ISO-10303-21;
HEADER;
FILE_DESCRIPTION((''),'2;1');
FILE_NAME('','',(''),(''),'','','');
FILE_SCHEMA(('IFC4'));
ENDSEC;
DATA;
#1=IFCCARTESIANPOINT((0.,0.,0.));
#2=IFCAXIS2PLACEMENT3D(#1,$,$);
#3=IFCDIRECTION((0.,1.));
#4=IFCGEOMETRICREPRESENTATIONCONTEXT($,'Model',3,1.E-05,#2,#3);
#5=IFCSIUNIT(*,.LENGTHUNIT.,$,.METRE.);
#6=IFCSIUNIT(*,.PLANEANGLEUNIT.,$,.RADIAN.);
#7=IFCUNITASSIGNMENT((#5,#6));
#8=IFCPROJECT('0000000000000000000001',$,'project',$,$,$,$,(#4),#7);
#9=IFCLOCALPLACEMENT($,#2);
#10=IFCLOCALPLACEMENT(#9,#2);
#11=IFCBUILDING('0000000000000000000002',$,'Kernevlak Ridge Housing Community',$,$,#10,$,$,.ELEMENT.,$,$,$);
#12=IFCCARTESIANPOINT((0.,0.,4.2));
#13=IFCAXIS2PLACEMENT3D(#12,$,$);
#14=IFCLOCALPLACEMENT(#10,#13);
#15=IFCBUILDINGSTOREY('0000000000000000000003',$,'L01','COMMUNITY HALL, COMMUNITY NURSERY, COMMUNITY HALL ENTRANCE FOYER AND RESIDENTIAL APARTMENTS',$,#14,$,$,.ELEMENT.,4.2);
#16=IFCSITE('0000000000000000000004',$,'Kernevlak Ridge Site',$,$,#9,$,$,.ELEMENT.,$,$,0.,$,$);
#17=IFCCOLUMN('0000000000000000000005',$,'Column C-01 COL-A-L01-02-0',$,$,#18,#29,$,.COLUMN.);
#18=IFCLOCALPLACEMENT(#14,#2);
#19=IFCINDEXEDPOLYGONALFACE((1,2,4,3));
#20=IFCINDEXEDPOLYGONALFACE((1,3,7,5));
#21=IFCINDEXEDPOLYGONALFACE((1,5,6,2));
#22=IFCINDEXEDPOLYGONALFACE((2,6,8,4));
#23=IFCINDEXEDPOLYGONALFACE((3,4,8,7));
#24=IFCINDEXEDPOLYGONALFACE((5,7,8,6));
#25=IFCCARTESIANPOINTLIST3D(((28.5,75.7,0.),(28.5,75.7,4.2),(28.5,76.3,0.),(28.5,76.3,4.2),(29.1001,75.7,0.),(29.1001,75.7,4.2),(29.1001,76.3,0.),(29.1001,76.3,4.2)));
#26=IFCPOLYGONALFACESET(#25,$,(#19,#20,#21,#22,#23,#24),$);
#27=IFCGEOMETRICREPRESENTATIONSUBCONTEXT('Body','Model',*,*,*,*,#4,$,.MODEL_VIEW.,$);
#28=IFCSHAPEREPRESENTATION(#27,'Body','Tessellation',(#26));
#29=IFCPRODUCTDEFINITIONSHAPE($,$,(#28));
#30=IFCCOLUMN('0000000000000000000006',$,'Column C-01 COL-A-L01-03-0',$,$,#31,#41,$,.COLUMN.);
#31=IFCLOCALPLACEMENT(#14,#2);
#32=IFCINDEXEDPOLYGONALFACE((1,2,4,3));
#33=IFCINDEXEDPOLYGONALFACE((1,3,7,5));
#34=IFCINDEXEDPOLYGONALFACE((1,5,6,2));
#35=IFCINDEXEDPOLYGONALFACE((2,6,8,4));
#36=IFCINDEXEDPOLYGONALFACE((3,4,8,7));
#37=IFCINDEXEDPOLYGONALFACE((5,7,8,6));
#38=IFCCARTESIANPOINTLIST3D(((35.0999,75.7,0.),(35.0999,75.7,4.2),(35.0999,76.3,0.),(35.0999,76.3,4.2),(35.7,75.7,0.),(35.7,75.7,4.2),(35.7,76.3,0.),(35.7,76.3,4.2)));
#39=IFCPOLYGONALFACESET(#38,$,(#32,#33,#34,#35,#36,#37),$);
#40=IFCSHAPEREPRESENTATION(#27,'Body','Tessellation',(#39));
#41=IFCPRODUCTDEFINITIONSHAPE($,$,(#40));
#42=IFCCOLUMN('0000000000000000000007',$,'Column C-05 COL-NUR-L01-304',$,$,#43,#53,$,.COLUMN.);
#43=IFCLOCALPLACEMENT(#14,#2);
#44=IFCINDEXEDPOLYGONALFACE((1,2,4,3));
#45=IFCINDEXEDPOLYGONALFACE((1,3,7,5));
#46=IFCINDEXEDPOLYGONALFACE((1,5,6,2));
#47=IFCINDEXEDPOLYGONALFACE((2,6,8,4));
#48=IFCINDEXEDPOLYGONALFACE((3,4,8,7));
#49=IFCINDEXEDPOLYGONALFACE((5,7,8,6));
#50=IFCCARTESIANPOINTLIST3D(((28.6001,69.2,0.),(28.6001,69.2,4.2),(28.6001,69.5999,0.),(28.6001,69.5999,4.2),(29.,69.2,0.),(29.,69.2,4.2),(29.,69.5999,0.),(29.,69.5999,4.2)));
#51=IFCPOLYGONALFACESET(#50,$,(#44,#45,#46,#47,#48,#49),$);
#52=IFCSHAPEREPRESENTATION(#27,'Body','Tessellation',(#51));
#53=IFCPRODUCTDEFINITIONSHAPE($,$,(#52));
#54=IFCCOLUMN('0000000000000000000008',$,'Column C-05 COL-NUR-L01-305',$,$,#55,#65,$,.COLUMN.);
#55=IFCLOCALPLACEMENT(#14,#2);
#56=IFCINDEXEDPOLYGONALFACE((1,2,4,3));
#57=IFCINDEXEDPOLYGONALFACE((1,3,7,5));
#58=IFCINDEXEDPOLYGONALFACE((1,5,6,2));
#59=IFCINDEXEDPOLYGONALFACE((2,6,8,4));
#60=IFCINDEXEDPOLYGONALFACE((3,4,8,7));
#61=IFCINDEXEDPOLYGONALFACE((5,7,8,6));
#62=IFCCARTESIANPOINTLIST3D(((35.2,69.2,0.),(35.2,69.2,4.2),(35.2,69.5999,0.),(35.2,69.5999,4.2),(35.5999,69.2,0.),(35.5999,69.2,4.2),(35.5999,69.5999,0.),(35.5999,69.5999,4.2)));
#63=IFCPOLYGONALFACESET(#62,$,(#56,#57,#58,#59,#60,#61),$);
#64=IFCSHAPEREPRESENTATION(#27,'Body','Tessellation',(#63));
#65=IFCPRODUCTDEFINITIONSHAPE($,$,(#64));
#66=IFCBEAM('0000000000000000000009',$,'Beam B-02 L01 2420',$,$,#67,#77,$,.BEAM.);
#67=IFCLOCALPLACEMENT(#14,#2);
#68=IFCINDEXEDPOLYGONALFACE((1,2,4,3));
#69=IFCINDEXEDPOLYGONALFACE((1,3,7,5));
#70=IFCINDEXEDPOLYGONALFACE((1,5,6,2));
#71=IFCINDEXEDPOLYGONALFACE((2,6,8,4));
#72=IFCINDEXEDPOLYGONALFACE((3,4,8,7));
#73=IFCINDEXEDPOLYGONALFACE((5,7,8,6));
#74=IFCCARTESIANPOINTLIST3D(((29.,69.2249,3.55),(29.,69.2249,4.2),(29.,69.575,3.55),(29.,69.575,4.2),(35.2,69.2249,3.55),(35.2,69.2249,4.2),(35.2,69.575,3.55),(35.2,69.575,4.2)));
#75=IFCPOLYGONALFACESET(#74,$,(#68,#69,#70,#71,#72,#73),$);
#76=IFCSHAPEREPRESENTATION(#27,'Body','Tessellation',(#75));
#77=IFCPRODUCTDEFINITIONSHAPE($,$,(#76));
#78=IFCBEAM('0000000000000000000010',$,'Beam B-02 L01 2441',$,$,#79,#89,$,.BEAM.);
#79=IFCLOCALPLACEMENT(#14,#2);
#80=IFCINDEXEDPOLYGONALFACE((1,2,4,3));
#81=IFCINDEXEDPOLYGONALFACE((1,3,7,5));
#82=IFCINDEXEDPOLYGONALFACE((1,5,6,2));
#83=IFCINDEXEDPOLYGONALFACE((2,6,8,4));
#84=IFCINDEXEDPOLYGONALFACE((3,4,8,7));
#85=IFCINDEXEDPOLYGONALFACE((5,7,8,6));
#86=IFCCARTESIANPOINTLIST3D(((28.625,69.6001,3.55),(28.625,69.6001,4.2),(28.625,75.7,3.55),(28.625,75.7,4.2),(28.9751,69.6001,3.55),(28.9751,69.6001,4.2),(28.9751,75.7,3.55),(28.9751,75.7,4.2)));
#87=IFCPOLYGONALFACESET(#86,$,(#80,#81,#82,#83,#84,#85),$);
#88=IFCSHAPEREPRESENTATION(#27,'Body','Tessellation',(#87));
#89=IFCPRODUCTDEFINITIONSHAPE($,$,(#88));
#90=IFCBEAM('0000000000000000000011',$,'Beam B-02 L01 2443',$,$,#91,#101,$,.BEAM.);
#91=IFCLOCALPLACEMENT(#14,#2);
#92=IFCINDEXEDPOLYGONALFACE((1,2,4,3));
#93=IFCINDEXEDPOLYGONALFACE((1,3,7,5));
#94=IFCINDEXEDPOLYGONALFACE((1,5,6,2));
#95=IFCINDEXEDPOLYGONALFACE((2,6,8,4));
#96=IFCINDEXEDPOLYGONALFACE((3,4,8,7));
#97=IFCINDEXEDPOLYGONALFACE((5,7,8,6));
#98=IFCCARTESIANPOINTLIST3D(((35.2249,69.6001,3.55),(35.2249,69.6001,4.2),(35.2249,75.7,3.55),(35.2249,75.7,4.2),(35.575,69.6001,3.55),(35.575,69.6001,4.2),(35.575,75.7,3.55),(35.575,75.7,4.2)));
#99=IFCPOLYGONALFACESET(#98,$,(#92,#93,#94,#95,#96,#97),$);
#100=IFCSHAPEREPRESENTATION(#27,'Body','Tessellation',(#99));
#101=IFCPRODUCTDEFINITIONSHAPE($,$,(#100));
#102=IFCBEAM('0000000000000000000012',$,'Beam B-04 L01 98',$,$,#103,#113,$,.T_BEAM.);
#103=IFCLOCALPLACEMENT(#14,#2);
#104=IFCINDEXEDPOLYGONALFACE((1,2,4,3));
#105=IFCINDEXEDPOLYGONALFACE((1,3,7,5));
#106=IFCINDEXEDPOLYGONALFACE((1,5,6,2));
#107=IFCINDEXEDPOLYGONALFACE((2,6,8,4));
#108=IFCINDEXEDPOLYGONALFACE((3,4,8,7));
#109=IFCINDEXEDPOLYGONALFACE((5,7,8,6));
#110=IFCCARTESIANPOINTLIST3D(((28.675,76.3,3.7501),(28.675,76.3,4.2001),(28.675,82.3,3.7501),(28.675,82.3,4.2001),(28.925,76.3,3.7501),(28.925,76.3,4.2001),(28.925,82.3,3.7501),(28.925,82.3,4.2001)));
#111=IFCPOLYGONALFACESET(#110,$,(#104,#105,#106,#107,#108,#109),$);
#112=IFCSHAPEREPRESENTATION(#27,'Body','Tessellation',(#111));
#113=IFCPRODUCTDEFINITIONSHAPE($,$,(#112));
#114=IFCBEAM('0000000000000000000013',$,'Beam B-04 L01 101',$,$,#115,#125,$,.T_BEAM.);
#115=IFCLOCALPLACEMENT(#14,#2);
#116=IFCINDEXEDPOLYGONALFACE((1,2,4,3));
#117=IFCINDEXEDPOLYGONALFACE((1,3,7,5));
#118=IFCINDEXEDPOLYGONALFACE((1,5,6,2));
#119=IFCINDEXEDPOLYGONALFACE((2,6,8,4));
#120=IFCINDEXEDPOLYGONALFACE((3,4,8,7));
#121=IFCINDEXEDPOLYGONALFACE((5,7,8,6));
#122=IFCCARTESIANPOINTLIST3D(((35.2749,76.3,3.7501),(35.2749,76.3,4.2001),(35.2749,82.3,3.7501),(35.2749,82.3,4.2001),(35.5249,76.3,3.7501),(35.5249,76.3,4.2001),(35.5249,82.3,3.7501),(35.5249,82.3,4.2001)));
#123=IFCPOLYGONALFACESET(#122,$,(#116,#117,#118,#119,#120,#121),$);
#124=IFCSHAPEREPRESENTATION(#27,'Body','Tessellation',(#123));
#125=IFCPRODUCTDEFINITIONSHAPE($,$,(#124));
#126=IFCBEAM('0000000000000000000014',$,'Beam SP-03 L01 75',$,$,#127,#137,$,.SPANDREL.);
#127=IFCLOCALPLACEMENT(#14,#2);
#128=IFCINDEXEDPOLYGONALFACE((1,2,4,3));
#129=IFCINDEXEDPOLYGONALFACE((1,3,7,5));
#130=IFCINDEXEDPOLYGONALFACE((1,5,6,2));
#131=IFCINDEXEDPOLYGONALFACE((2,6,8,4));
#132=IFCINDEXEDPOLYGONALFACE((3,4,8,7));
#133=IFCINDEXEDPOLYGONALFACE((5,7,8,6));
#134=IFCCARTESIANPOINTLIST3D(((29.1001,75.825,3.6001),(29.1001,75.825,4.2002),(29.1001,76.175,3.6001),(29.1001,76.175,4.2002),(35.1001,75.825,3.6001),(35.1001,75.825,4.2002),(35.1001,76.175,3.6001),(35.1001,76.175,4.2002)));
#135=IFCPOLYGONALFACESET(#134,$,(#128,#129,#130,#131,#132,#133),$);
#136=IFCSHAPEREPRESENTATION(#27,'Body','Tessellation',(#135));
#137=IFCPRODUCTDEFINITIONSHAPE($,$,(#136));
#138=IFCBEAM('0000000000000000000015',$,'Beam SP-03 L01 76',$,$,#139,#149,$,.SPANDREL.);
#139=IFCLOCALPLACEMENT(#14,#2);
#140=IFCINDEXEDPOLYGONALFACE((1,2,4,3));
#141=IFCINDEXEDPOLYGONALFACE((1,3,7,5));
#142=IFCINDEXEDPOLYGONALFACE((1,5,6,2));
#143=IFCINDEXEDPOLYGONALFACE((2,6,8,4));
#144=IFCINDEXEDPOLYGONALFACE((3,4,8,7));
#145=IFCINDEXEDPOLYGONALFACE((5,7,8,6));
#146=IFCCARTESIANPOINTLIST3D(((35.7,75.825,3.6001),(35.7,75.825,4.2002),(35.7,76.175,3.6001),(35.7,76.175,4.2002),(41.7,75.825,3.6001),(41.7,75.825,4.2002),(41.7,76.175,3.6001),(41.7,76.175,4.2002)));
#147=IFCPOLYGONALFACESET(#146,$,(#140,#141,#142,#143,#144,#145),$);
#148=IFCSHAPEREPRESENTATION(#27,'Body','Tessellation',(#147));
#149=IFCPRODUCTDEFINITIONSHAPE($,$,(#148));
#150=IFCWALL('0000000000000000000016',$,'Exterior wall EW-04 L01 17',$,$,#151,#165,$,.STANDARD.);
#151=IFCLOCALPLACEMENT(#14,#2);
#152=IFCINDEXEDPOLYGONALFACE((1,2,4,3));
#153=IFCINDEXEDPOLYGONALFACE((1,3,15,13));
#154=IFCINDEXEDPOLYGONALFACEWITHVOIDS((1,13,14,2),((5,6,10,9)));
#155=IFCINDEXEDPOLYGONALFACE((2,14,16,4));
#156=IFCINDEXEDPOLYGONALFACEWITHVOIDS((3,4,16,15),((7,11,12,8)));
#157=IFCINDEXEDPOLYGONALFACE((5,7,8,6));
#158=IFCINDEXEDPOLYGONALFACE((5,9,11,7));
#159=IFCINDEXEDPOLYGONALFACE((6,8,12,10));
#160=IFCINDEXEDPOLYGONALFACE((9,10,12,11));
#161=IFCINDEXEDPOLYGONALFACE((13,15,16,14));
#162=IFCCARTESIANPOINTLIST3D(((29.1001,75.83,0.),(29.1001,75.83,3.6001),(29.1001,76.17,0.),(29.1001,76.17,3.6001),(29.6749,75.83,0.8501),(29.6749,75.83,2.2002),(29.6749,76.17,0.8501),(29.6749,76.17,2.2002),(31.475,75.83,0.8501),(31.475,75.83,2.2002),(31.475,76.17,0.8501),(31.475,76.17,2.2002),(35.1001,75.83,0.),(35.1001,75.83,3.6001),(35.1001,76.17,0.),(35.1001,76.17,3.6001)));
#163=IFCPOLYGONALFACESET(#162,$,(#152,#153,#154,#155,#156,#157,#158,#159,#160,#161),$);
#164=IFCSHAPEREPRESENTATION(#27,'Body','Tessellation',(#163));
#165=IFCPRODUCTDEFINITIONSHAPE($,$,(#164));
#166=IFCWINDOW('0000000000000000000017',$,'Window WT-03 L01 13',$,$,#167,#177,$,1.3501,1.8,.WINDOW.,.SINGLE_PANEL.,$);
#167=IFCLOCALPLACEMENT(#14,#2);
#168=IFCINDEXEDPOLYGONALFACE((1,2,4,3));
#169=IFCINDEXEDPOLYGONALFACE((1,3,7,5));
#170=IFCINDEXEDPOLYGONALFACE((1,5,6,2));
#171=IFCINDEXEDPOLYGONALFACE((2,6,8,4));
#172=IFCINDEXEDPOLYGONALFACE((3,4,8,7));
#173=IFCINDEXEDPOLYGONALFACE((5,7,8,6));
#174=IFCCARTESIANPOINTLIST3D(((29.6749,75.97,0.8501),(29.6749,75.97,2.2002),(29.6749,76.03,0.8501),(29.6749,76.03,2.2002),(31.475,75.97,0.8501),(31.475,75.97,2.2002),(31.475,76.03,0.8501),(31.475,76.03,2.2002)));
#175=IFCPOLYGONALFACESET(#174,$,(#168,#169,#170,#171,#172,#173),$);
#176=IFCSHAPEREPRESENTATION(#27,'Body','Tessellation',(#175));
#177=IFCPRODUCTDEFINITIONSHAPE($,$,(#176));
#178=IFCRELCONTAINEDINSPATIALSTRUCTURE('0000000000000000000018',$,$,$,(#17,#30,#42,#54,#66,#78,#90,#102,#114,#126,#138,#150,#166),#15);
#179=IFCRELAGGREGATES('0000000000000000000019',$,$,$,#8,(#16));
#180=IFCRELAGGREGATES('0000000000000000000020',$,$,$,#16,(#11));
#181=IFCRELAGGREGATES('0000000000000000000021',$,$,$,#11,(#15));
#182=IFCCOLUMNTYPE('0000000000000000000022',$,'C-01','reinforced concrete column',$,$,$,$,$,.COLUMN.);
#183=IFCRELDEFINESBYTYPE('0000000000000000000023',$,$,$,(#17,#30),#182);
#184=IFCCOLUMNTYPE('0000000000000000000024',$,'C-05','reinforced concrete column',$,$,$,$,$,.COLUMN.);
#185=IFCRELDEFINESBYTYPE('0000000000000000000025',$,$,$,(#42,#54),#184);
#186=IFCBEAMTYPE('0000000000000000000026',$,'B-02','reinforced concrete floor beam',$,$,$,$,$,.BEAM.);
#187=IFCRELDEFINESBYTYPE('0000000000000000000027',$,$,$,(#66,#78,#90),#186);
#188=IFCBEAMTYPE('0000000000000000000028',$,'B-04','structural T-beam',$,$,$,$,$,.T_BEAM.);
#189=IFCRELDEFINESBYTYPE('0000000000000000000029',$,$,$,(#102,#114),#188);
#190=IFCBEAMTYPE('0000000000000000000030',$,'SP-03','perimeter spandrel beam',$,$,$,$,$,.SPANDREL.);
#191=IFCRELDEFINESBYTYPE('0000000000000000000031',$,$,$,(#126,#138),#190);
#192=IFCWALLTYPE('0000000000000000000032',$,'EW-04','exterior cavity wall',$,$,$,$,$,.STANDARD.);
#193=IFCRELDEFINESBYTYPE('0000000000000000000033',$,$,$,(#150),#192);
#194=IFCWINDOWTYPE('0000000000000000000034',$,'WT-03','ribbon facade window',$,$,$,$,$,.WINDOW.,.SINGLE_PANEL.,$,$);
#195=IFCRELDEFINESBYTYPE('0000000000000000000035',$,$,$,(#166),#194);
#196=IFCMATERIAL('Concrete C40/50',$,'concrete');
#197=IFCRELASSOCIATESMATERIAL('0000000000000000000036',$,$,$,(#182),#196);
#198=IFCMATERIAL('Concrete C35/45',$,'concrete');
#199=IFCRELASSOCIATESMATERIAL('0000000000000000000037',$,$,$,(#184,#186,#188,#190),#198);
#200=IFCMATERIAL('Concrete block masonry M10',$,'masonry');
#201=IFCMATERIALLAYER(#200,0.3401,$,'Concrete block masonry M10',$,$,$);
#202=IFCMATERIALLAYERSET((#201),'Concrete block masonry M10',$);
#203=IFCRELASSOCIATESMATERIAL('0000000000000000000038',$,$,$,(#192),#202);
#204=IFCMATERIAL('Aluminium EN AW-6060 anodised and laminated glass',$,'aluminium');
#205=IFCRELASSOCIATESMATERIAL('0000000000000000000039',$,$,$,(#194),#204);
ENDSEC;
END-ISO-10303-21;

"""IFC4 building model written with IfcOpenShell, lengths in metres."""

from ifc_helpers import new_model, si_unit, direction, frame, frame_2d, origin, origin_2d, place, context, subcontext, project, spatial, rectangle, extrude, material, layer, layer_set, material_profile, profile_set, type_object, element, fill, save


model = new_model("IFC4")

# Units and contexts
model_context = context("Model", 3, precision=1e-05, world=origin(), true_north=direction((0.0, 1.0)))
body_context = subcontext(model_context, "Body", "Model", "MODEL_VIEW")
ifc_project = project(units=[si_unit("LENGTHUNIT", "METRE"), si_unit("PLANEANGLEUNIT", "RADIAN")], contexts=[model_context])

# Site, building, storey
site_placement = place(None, origin())
site = spatial("IfcSite", under=ifc_project, at=site_placement, Name="Kernevlak Ridge Site", CompositionType="ELEMENT", RefElevation=0.0)
building_placement = place(site_placement, origin())
building = spatial("IfcBuilding", under=site, at=building_placement, Name="Kernevlak Ridge Housing Community", CompositionType="ELEMENT")
storey_placement = place(building_placement, frame((0.0, 0.0, 4.2)))
storey = spatial("IfcBuildingStorey", under=building, at=storey_placement, Name="L01", Description="COMMUNITY HALL, COMMUNITY NURSERY, COMMUNITY HALL ENTRANCE FOYER AND RESIDENTIAL APARTMENTS", CompositionType="ELEMENT", Elevation=4.2)

# Columns
ifc_material_1 = material(Name="Concrete C40/50", Category="concrete")
ifc_material_profile_1 = material_profile(ifc_material_1, rectangle(XDim=0.6001, YDim=0.6001, at=origin_2d()), Name="RC 600x600")
ifc_profile_set_1 = profile_set([ifc_material_profile_1], Name="Concrete C40/50")
column_type_1 = type_object("IfcColumnType", Name="C-01", Description="reinforced concrete column", PredefinedType="COLUMN", material=ifc_profile_set_1)
for number, where, z_axis, x_axis, name in (
    (1, (28.8, 76.0, 0.0), (0.0, 0.0, 1.0), (1.0, 0.0, 0.0), "Column C-01 COL-A-L01-02-0"),
    (2, (35.3999, 76.0, 0.0), (0.0, 0.0, 1.0), (1.0, 0.0, 0.0), "Column C-01 COL-A-L01-03-0"),
):
    element("IfcColumn", number, at=place(storey_placement, frame(where, z_axis=z_axis, x_axis=x_axis)), inside=storey, type_object=column_type_1, Name=name, PredefinedType="COLUMN", context=body_context, shape_type="SweptSolid", body=[
        extrude(rectangle(XDim=0.6001, YDim=0.6001, at=origin_2d()), origin(), (0.0, 0.0, 1.0), 4.2),
    ])
ifc_material_2 = material(Name="Concrete C35/45", Category="concrete")
ifc_material_profile_2 = material_profile(ifc_material_2, rectangle(XDim=0.3999, YDim=0.3999, at=origin_2d()), Name="RC 400x400")
ifc_profile_set_2 = profile_set([ifc_material_profile_2], Name="Concrete C35/45")
column_type_2 = type_object("IfcColumnType", Name="C-05", Description="reinforced concrete column", PredefinedType="COLUMN", material=ifc_profile_set_2)
for number, where, z_axis, x_axis, name in (
    (3, (28.8, 69.3999, 0.0), (0.0, 0.0, 1.0), (1.0, 0.0, 0.0), "Column C-05 COL-NUR-L01-304"),
    (4, (35.3999, 69.3999, 0.0), (0.0, 0.0, 1.0), (1.0, 0.0, 0.0), "Column C-05 COL-NUR-L01-305"),
):
    element("IfcColumn", number, at=place(storey_placement, frame(where, z_axis=z_axis, x_axis=x_axis)), inside=storey, type_object=column_type_2, Name=name, PredefinedType="COLUMN", context=body_context, shape_type="SweptSolid", body=[
        extrude(rectangle(XDim=0.3999, YDim=0.3999, at=origin_2d()), origin(), (0.0, 0.0, 1.0), 4.2),
    ])

# Beams
ifc_material_profile_3 = material_profile(ifc_material_2, rectangle(XDim=0.3501, YDim=0.6499, at=origin_2d()), Name="RC 350x650")
ifc_profile_set_3 = profile_set([ifc_material_profile_3], Name="Concrete C35/45")
beam_type_1 = type_object("IfcBeamType", Name="B-02", Description="reinforced concrete floor beam", PredefinedType="BEAM", material=ifc_profile_set_3)
beam_placement = place(storey_placement, frame((29.0, 69.3999, 3.875), z_axis=(1.0, 0.0, 0.0), x_axis=(0.0, 1.0, 0.0)))
element("IfcBeam", 5, at=beam_placement, inside=storey, type_object=beam_type_1, Name="Beam B-02 L01 2420", PredefinedType="BEAM", context=body_context, shape_type="SweptSolid", body=[
    extrude(rectangle(XDim=0.3501, YDim=0.6499, at=origin_2d()), origin(), (0.0, 0.0, 1.0), 6.2),
])
for number, where, z_axis, x_axis, name in (
    (6, (28.8, 69.6001, 3.875), (0.0, 1.0, 0.0), (-1.0, 0.0, 0.0), "Beam B-02 L01 2441"),
    (7, (35.3999, 69.6001, 3.875), (0.0, 1.0, 0.0), (-1.0, 0.0, 0.0), "Beam B-02 L01 2443"),
):
    element("IfcBeam", number, at=place(storey_placement, frame(where, z_axis=z_axis, x_axis=x_axis)), inside=storey, type_object=beam_type_1, Name=name, PredefinedType="BEAM", context=body_context, shape_type="SweptSolid", body=[
        extrude(rectangle(XDim=0.3501, YDim=0.6499, at=origin_2d()), origin(), (0.0, 0.0, 1.0), 6.0999),
    ])
ifc_material_profile_4 = material_profile(ifc_material_2, rectangle(XDim=0.25, YDim=0.45, at=origin_2d()), Name="RC 250x450")
ifc_profile_set_4 = profile_set([ifc_material_profile_4], Name="Concrete C35/45")
beam_type_2 = type_object("IfcBeamType", Name="B-04", Description="structural T-beam", PredefinedType="T_BEAM", material=ifc_profile_set_4)
for number, where, z_axis, x_axis, name in (
    (8, (28.8, 76.3, 3.9751), (0.0, 1.0, 0.0), (-1.0, 0.0, 0.0), "Beam B-04 L01 98"),
    (9, (35.3999, 76.3, 3.9751), (0.0, 1.0, 0.0), (-1.0, 0.0, 0.0), "Beam B-04 L01 101"),
):
    element("IfcBeam", number, at=place(storey_placement, frame(where, z_axis=z_axis, x_axis=x_axis)), inside=storey, type_object=beam_type_2, Name=name, PredefinedType="T_BEAM", context=body_context, shape_type="SweptSolid", body=[
        extrude(rectangle(XDim=0.25, YDim=0.45, at=origin_2d()), origin(), (0.0, 0.0, 1.0), 6.0),
    ])
ifc_material_profile_5 = material_profile(ifc_material_2, rectangle(XDim=0.3501, YDim=0.6001, at=origin_2d()), Name="RC 350x600")
ifc_profile_set_5 = profile_set([ifc_material_profile_5], Name="Concrete C35/45")
beam_type_3 = type_object("IfcBeamType", Name="SP-03", Description="perimeter spandrel beam", PredefinedType="SPANDREL", material=ifc_profile_set_5)
for number, where, z_axis, x_axis, name in (
    (10, (29.1001, 76.0, 3.9001), (1.0, 0.0, 0.0), (0.0, 1.0, 0.0), "Beam SP-03 L01 75"),
    (11, (35.7, 76.0, 3.9001), (1.0, 0.0, 0.0), (0.0, 1.0, 0.0), "Beam SP-03 L01 76"),
):
    element("IfcBeam", number, at=place(storey_placement, frame(where, z_axis=z_axis, x_axis=x_axis)), inside=storey, type_object=beam_type_3, Name=name, PredefinedType="SPANDREL", context=body_context, shape_type="SweptSolid", body=[
        extrude(rectangle(XDim=0.3501, YDim=0.6001, at=origin_2d()), origin(), (0.0, 0.0, 1.0), 6.0),
    ])

# Wall, opening, window
ifc_material_3 = material(Name="Concrete block masonry M10", Category="masonry")
ifc_layer_1 = layer(ifc_material_3, 0.3401, Name="Concrete block masonry M10")
ifc_layer_set_1 = layer_set([ifc_layer_1], Name="Concrete block masonry M10")
wall_type_1 = type_object("IfcWallType", Name="EW-04", Description="exterior cavity wall", PredefinedType="STANDARD", material=ifc_layer_set_1)
wall_1_placement = place(storey_placement, frame((29.1001, 76.0, 0.0), z_axis=(0.0, 0.0, 1.0), x_axis=(1.0, 0.0, 0.0)))
wall_1 = element("IfcWall", 12, at=wall_1_placement, inside=storey, type_object=wall_type_1, Name="Exterior wall EW-04 L01 17", PredefinedType="STANDARD", context=body_context, shape_type="SweptSolid", body=[
    extrude(rectangle(XDim=6.0, YDim=0.3401, at=frame_2d((3.0, 0.0))), origin(), (0.0, 0.0, 1.0), 3.6001),
])
opening_1_placement = place(wall_1_placement, frame((0.575, 0.0, 0.8501)))
opening_1 = element("IfcOpeningElement", 13, at=opening_1_placement, cuts=wall_1, PredefinedType="OPENING", context=body_context, shape_type="SweptSolid", body=[
    extrude(rectangle(XDim=1.8, YDim=1.3501, at=frame_2d((0.8999, 0.675))), frame((0.0, 0.1799, 0.0), z_axis=(0.0, -1.0, 0.0), x_axis=(1.0, 0.0, 0.0)), (0.0, 0.0, 1.0), 0.3601),
])
ifc_material_4 = material(Name="Aluminium EN AW-6060 anodised and laminated glass", Category="aluminium")
window_type = type_object("IfcWindowType", Name="WT-03", Description="ribbon facade window", PartitioningType="SINGLE_PANEL", PredefinedType="WINDOW", material=ifc_material_4)
window_1_placement = place(opening_1_placement, origin())
window_1 = element("IfcWindow", 14, at=window_1_placement, inside=storey, type_object=window_type, Name="Window WT-03 L01 13", OverallHeight=1.3501, OverallWidth=1.8, PartitioningType="SINGLE_PANEL", PredefinedType="WINDOW", context=body_context, shape_type="SweptSolid", body=[
    extrude(rectangle(XDim=1.8, YDim=1.3501, at=frame_2d((0.8999, 0.675))), frame((0.0, 0.03, 0.0), z_axis=(0.0, -1.0, 0.0), x_axis=(1.0, 0.0, 0.0)), (0.0, 0.0, 1.0), 0.0601),
])
fill(opening_1, window_1)

save(model, "model.ifc")
